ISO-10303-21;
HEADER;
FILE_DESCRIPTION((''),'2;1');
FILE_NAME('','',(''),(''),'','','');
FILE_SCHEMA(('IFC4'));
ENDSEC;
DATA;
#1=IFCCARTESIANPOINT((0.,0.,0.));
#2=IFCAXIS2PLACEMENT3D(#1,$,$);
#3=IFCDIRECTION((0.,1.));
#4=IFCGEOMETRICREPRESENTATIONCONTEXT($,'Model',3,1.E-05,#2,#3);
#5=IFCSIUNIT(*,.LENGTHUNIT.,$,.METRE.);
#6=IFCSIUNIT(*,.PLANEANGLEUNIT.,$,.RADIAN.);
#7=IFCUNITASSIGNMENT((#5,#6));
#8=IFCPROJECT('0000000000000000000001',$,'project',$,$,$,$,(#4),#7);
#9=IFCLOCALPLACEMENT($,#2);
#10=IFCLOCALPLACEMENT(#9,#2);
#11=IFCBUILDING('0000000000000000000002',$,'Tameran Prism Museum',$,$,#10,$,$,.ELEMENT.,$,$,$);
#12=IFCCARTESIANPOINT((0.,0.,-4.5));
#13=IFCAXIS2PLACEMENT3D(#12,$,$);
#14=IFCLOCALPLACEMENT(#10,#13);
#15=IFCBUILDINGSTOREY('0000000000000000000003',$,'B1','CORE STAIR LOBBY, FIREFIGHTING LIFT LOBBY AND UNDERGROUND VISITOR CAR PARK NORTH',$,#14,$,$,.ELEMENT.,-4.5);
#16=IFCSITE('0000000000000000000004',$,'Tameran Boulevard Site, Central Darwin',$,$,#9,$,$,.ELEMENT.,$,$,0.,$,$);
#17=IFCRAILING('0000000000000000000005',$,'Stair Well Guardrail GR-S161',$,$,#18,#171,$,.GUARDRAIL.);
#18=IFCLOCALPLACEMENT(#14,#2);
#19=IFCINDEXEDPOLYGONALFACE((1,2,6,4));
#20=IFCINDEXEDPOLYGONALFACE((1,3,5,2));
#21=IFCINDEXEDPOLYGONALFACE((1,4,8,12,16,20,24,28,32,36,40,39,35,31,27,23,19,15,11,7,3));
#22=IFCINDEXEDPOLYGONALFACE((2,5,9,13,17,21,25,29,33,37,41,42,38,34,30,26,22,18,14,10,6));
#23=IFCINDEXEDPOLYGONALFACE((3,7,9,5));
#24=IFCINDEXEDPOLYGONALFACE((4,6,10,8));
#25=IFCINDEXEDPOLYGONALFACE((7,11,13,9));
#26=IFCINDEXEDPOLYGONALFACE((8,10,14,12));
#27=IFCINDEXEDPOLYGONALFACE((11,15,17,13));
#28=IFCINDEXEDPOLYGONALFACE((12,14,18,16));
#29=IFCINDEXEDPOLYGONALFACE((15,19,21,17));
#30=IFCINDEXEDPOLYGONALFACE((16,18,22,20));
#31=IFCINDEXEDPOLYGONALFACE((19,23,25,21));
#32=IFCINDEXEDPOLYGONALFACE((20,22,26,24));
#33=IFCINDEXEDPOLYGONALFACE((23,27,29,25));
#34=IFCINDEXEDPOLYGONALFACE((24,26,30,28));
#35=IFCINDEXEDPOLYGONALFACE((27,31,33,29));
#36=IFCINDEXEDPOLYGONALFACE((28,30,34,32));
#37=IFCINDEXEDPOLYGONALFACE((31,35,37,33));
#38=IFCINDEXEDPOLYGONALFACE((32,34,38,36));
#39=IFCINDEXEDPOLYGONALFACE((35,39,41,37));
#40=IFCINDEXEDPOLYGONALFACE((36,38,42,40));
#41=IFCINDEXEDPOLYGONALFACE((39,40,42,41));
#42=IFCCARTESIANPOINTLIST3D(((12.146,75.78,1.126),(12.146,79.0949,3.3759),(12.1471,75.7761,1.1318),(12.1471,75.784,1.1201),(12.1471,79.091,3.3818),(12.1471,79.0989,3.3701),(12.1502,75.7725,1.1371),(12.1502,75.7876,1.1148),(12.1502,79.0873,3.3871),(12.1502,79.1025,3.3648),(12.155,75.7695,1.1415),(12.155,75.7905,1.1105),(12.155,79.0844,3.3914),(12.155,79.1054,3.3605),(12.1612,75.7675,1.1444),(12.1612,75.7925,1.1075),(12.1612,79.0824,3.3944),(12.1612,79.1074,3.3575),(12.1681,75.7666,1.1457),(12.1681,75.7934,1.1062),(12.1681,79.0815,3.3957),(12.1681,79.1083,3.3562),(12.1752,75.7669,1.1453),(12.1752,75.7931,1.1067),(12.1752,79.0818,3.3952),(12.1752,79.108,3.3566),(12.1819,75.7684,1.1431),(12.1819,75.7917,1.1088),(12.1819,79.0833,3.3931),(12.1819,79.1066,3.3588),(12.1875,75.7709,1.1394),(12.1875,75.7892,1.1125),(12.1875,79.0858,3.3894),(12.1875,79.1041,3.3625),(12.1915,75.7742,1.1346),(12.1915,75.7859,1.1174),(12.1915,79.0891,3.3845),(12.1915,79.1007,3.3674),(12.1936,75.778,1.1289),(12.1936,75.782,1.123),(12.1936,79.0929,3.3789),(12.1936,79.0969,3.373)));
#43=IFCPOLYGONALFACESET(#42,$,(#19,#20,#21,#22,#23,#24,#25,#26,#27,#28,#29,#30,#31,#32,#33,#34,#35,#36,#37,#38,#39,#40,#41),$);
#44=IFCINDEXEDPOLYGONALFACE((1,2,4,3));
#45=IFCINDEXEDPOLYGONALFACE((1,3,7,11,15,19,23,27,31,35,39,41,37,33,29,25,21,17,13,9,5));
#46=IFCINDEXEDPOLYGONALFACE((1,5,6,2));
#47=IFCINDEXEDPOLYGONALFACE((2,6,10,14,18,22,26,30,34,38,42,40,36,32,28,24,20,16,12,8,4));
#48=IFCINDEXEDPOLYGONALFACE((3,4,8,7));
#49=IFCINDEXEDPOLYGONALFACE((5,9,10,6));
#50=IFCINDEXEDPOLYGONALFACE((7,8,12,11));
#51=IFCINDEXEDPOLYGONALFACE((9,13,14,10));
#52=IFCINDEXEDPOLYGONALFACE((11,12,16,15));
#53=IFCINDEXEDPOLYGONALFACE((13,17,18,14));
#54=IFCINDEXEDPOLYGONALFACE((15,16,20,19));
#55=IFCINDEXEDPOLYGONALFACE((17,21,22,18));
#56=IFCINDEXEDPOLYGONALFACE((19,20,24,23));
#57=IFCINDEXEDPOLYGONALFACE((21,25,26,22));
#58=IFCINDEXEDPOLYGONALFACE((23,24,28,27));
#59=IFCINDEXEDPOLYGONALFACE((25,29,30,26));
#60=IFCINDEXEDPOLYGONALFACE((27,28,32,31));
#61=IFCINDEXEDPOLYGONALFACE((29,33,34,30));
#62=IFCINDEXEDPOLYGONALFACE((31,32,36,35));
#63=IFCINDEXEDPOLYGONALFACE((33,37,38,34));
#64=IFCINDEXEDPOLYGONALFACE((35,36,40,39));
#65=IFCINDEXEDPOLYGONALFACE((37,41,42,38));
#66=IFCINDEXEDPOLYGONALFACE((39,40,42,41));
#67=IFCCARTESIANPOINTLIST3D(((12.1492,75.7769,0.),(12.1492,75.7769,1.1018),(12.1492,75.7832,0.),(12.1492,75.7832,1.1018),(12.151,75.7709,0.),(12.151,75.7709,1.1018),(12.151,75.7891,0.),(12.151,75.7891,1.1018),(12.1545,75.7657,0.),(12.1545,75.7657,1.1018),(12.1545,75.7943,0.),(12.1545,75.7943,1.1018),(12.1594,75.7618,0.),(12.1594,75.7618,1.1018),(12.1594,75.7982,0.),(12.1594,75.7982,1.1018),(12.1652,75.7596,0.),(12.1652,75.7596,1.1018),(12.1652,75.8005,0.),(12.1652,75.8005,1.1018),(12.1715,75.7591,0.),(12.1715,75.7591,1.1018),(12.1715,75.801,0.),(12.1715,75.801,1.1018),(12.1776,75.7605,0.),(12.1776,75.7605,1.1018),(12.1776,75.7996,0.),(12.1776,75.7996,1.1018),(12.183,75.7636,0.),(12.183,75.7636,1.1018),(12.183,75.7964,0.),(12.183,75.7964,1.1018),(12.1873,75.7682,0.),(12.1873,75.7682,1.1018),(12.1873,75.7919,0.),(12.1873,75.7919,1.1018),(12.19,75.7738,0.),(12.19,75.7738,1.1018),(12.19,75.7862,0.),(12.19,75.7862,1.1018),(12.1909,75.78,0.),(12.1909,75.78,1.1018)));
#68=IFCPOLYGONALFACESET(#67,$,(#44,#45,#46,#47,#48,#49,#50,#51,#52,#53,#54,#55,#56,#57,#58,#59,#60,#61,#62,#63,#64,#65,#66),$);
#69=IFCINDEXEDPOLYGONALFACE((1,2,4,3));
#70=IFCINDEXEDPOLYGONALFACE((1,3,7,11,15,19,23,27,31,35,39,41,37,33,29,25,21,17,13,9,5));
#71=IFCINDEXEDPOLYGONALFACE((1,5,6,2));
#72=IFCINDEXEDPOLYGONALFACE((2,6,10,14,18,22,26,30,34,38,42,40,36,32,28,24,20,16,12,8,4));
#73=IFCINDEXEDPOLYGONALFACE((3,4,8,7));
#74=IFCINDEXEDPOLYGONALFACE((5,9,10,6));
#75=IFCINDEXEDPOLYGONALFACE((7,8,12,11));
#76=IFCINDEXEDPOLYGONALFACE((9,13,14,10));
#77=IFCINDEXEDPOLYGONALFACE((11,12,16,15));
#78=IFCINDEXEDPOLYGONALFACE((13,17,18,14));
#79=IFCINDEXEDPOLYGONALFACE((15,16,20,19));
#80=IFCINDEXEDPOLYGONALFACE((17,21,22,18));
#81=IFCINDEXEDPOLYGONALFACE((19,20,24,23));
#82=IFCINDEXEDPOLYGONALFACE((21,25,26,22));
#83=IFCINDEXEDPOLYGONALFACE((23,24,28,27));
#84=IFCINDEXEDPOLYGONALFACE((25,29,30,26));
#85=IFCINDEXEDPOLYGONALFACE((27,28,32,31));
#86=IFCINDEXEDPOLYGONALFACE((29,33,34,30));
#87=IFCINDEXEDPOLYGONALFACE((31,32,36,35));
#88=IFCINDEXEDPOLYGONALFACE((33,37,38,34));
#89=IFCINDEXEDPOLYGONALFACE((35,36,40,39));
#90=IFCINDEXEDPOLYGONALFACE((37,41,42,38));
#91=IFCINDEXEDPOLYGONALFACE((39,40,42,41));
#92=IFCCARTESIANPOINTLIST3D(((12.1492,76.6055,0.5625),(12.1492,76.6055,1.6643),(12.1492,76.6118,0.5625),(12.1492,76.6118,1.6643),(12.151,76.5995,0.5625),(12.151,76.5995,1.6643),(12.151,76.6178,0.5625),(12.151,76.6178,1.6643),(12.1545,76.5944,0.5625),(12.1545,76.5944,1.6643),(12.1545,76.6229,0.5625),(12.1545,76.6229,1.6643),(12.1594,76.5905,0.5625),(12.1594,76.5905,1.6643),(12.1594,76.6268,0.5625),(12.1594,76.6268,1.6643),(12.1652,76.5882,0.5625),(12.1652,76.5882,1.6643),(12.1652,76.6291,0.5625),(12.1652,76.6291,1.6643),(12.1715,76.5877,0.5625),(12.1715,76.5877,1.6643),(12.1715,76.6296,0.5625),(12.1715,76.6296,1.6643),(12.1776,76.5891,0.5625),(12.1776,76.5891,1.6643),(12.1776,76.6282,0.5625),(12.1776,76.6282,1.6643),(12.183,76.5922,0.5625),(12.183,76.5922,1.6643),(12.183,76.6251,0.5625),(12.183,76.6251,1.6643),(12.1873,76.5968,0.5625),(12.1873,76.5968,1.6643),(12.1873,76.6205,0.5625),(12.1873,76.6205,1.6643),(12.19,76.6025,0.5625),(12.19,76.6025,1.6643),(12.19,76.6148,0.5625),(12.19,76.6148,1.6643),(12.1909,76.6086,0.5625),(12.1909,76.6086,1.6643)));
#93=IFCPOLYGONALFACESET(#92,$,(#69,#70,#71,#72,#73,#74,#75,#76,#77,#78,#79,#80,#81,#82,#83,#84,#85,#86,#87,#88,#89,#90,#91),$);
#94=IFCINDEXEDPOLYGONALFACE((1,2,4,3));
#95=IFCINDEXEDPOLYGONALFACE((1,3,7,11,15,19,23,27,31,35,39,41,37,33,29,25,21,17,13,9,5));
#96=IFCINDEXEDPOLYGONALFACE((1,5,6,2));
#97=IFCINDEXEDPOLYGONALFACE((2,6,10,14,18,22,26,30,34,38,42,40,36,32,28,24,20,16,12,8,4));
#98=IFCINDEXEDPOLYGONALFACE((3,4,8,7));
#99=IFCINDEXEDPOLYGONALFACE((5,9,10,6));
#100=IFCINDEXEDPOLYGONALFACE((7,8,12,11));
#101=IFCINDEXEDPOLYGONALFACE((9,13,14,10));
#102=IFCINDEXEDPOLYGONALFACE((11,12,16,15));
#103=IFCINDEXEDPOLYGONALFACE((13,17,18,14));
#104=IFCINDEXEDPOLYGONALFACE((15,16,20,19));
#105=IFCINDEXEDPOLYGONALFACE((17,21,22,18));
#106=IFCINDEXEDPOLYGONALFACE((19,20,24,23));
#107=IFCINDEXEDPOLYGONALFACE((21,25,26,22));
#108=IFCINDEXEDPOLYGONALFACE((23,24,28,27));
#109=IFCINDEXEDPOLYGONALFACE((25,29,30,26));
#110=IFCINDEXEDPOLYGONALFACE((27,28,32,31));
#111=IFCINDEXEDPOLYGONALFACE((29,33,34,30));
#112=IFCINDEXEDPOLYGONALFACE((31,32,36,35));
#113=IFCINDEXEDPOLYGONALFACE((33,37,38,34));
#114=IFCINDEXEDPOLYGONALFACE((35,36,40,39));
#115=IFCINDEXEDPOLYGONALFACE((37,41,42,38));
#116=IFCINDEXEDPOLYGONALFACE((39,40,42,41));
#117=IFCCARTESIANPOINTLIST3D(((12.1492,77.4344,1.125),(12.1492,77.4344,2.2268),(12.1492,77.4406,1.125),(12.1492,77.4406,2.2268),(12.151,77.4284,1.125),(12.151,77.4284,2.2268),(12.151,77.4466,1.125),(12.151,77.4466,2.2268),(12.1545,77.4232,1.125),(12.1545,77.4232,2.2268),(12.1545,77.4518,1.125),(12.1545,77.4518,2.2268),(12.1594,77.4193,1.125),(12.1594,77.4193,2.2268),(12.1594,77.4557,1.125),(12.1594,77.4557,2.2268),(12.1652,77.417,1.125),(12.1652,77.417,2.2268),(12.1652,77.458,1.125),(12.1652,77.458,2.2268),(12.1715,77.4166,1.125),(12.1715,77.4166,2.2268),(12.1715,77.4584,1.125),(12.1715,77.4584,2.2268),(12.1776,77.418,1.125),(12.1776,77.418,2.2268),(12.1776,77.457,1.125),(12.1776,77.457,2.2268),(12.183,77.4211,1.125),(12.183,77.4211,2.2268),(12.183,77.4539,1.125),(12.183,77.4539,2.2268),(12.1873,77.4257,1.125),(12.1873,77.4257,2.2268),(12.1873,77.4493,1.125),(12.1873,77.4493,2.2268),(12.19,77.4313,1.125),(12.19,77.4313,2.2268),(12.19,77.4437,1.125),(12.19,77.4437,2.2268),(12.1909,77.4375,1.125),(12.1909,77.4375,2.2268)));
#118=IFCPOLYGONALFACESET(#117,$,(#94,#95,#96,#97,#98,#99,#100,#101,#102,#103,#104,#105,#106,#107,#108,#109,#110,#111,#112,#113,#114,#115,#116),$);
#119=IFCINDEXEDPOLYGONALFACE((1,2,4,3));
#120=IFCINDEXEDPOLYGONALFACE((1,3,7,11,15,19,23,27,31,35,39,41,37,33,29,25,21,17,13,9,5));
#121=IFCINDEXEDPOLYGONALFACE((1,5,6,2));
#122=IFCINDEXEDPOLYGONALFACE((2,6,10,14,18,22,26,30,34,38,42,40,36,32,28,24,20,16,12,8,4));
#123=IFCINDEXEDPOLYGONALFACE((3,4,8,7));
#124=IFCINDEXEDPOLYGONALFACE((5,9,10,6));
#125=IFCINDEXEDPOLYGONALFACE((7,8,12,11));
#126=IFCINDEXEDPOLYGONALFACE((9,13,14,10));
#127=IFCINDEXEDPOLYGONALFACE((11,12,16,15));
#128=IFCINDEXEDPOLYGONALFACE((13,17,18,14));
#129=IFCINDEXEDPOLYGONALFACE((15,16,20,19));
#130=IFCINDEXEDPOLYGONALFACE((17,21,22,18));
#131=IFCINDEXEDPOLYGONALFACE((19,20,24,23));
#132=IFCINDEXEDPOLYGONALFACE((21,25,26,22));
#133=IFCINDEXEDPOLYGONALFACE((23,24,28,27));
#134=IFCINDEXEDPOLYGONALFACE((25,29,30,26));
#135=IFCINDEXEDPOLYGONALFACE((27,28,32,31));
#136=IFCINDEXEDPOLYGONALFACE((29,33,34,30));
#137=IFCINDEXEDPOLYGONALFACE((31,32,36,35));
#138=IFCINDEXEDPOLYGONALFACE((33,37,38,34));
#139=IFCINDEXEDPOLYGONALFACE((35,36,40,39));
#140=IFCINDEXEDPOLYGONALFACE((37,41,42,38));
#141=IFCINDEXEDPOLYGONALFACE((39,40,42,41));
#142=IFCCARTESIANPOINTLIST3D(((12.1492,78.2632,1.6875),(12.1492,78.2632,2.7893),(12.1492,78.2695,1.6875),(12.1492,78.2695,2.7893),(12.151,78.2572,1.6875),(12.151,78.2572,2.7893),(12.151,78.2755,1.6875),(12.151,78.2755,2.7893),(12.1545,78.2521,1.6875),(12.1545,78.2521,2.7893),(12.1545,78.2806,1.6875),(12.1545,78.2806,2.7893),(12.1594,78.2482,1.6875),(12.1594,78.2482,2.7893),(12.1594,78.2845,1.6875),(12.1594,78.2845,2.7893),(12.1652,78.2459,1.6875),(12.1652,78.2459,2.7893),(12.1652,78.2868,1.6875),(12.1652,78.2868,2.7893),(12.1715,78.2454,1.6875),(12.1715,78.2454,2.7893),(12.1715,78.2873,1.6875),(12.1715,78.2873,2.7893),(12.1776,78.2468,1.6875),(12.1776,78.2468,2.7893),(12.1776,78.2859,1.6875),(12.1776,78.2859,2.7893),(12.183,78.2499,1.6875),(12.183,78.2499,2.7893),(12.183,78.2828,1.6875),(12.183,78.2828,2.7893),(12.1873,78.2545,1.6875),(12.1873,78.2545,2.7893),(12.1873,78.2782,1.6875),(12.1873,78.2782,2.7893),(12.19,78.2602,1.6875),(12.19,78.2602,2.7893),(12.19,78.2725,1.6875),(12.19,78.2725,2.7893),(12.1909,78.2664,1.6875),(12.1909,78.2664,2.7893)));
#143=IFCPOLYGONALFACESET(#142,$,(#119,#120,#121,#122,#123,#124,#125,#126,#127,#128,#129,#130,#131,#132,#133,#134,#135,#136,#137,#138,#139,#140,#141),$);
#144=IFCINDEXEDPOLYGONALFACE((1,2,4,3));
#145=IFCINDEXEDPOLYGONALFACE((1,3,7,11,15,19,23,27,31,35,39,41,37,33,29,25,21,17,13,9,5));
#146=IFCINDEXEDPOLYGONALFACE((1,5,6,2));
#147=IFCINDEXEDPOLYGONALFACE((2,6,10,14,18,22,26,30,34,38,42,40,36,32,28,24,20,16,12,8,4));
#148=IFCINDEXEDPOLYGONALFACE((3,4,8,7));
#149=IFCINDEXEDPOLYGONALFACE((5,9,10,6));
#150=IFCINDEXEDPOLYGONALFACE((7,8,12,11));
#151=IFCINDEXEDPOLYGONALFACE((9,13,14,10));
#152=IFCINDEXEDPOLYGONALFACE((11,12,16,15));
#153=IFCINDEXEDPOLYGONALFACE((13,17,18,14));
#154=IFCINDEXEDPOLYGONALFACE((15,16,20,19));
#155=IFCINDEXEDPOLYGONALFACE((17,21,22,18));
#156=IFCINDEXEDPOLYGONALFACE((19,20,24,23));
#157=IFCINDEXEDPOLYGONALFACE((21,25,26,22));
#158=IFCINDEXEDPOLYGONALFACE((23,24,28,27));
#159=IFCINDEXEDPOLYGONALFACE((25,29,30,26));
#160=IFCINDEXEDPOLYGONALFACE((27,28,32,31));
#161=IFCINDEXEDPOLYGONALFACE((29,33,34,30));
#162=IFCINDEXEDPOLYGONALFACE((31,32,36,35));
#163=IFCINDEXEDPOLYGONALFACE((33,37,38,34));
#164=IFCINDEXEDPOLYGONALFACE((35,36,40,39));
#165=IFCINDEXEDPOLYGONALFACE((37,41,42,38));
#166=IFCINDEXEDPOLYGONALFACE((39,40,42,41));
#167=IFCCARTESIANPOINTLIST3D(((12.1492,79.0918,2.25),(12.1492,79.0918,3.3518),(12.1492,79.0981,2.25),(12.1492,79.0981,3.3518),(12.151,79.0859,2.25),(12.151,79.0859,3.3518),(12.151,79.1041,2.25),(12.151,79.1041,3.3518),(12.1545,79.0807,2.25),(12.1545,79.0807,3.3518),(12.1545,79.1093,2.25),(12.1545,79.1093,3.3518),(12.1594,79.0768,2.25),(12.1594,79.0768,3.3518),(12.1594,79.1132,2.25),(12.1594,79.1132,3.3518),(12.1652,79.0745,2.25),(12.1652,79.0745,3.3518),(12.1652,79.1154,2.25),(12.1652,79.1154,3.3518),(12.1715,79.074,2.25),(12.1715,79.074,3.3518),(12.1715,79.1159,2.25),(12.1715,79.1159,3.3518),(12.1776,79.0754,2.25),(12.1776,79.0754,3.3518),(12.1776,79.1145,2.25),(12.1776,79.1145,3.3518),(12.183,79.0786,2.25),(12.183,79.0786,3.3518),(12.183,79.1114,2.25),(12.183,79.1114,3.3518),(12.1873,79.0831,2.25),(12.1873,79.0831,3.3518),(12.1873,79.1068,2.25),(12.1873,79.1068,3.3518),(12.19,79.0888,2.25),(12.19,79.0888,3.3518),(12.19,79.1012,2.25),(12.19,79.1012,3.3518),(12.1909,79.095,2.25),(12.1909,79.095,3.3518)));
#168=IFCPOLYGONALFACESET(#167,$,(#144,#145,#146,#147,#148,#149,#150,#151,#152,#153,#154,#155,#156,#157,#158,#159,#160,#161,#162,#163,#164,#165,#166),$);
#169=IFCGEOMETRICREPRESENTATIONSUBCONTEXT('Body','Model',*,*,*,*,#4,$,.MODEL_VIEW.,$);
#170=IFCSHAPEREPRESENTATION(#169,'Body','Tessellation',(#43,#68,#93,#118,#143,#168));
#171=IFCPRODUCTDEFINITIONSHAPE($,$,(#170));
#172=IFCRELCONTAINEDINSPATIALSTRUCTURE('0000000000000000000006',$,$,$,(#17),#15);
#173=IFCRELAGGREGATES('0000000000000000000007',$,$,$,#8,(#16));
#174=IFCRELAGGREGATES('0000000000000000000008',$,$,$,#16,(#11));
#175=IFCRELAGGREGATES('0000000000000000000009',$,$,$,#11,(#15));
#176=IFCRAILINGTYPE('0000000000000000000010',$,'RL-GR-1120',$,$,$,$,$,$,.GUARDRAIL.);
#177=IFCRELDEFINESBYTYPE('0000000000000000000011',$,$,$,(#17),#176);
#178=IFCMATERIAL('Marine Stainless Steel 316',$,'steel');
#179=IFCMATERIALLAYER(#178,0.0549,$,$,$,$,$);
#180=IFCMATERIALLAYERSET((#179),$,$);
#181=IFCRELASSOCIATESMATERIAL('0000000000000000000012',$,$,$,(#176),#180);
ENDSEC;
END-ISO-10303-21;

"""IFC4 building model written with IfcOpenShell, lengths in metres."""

from ifc_helpers import new_model, si_unit, direction, frame, origin, origin_2d, place, context, subcontext, project, spatial, circle, extrude, material, layer, layer_set, type_object, element, save


model = new_model("IFC4")

# Units and contexts
model_context = context("Model", 3, precision=1e-05, world=origin(), true_north=direction((0.0, 1.0)))
body_context = subcontext(model_context, "Body", "Model", "MODEL_VIEW")
ifc_project = project(units=[si_unit("LENGTHUNIT", "METRE"), si_unit("PLANEANGLEUNIT", "RADIAN")], contexts=[model_context])

# Site, building, storey
site_placement = place(None, origin())
site = spatial("IfcSite", under=ifc_project, at=site_placement, Name="Tameran Boulevard Site, Central Darwin", CompositionType="ELEMENT", RefElevation=0.0)
building_placement = place(site_placement, origin())
building = spatial("IfcBuilding", under=site, at=building_placement, Name="Tameran Prism Museum", CompositionType="ELEMENT")
storey_placement = place(building_placement, frame((0.0, 0.0, -4.5)))
storey = spatial("IfcBuildingStorey", under=building, at=storey_placement, Name="B1", Description="CORE STAIR LOBBY, FIREFIGHTING LIFT LOBBY AND UNDERGROUND VISITOR CAR PARK NORTH", CompositionType="ELEMENT", Elevation=-4.5)

# Railing
ifc_material_1 = material(Name="Marine Stainless Steel 316", Category="steel")
ifc_layer_1 = layer(ifc_material_1, 0.0549)
ifc_layer_set_1 = layer_set([ifc_layer_1])
railing_type_1 = type_object("IfcRailingType", Name="RL-GR-1120", PredefinedType="GUARDRAIL", material=ifc_layer_set_1)
railing_1_placement = place(storey_placement, frame((12.1699, 75.78, 0.0)))
element("IfcRailing", 1, at=railing_1_placement, inside=storey, type_object=railing_type_1, Name="Stair Well Guardrail GR-S161", PredefinedType="GUARDRAIL", context=body_context, shape_type="SweptSolid", body=[
    extrude(circle(Radius=0.0239, at=origin_2d()), frame((0.0, 0.0, 1.126), z_axis=(0.0, 0.827409, 0.5616), x_axis=(-1.0, 0.0, 0.0)), (0.0, 0.0, 1.0), 4.0063),
    extrude(circle(Radius=0.021, at=origin_2d()), origin(), (0.0, 0.0, 1.0), 1.1018),
    extrude(circle(Radius=0.021, at=origin_2d()), frame((0.0, 0.8286, 0.5625)), (0.0, 0.0, 1.0), 1.1018),
    extrude(circle(Radius=0.021, at=origin_2d()), frame((0.0, 1.6575, 1.125)), (0.0, 0.0, 1.0), 1.1018),
    extrude(circle(Radius=0.021, at=origin_2d()), frame((0.0, 2.4863, 1.6875)), (0.0, 0.0, 1.0), 1.1018),
    extrude(circle(Radius=0.021, at=origin_2d()), frame((0.0, 3.3149, 2.25)), (0.0, 0.0, 1.0), 1.1018),
])

save(model, "model.ifc")
